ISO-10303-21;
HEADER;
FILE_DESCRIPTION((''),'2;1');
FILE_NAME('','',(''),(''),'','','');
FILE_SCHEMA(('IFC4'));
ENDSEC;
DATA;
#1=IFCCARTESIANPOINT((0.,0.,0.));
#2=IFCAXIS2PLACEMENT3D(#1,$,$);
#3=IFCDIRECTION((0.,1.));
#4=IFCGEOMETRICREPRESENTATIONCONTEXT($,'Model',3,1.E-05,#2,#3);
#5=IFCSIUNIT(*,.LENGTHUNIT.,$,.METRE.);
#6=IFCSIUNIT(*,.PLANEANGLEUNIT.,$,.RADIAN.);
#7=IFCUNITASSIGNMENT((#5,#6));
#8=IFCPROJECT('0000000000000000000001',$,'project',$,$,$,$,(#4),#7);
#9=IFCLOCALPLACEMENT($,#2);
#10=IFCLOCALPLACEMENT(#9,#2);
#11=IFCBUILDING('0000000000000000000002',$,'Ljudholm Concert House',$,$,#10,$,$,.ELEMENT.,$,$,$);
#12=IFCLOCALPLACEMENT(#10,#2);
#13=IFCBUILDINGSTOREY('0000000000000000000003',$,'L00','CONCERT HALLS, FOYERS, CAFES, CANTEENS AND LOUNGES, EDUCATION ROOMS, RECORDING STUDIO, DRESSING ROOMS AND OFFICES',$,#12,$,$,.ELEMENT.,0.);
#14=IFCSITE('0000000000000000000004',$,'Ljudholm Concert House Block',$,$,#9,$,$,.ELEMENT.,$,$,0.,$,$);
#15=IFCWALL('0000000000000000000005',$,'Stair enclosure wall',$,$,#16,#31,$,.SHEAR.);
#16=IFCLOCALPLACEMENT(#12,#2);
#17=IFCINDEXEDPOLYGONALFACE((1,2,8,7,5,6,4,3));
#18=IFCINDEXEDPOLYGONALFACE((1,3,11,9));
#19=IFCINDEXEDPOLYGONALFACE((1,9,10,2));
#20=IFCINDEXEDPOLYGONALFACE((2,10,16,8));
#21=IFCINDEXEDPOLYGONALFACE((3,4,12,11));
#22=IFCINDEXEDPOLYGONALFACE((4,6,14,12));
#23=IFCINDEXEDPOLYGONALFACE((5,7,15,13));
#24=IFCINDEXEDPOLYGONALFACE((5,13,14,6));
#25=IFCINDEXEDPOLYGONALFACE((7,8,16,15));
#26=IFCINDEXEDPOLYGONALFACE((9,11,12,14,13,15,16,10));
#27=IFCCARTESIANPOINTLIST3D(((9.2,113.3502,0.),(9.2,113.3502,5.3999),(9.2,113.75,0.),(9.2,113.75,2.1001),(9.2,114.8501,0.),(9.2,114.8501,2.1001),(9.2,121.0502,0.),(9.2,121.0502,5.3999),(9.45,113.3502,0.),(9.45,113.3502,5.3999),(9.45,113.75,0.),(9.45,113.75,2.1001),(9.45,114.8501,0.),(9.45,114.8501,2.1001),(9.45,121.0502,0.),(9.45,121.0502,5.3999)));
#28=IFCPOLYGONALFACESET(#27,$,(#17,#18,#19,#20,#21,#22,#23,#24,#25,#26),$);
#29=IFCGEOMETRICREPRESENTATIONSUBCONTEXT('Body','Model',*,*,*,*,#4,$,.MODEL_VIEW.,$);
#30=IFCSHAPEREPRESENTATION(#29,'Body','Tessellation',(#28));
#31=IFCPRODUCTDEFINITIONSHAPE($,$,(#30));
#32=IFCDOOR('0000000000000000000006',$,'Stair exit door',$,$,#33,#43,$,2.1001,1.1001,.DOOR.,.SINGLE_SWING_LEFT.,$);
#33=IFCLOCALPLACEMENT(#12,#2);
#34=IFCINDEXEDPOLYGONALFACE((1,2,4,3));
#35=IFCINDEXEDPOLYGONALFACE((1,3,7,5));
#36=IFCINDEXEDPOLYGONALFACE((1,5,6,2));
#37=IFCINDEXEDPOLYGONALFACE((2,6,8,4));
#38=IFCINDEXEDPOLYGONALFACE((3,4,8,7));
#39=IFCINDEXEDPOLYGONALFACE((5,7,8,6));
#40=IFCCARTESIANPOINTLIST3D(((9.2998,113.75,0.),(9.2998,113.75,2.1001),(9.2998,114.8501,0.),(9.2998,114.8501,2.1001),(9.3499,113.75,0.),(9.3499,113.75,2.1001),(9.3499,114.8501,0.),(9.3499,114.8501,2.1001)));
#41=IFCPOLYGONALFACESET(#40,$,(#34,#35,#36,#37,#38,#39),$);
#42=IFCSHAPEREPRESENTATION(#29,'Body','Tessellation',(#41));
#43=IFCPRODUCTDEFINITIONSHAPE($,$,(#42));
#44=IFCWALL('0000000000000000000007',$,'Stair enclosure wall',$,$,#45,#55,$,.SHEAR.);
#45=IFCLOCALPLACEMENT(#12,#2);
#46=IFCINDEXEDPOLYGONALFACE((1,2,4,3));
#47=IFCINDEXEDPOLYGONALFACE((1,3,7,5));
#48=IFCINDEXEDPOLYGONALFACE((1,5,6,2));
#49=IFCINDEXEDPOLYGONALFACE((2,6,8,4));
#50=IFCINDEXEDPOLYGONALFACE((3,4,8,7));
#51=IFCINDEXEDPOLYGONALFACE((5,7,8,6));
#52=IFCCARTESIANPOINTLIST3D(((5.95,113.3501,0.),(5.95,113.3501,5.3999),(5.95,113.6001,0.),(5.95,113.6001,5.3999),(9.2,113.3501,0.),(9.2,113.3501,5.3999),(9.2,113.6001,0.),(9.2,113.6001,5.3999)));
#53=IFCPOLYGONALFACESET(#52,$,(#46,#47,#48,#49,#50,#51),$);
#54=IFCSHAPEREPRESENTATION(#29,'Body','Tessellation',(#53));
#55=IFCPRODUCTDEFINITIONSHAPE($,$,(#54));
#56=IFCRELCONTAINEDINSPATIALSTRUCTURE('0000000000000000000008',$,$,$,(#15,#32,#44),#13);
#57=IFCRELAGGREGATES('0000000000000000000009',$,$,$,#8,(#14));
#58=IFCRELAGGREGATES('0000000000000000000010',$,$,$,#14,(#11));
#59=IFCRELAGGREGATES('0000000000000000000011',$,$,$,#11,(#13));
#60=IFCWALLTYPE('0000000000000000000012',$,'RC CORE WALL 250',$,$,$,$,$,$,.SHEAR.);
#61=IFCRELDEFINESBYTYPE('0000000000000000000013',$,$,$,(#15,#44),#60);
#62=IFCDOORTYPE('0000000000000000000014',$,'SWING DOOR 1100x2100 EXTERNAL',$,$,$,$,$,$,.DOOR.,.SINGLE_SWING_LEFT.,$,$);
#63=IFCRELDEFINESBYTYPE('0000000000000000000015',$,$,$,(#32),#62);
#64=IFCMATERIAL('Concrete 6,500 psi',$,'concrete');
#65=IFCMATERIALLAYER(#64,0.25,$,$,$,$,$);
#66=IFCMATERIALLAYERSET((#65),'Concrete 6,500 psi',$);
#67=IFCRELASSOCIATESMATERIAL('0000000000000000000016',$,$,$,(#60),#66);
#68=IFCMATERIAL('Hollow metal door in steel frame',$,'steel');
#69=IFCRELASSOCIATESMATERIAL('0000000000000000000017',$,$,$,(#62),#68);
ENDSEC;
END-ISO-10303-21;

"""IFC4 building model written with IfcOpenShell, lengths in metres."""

from ifc_helpers import new_model, si_unit, direction, frame, frame_2d, origin, place, context, subcontext, project, spatial, rectangle, extrude, material, layer, layer_set, type_object, element, fill, save


model = new_model("IFC4")

# Units and contexts
model_context = context("Model", 3, precision=1e-05, world=origin(), true_north=direction((0.0, 1.0)))
body_context = subcontext(model_context, "Body", "Model", "MODEL_VIEW")
ifc_project = project(units=[si_unit("LENGTHUNIT", "METRE"), si_unit("PLANEANGLEUNIT", "RADIAN")], contexts=[model_context])

# Site, building, storey
site_placement = place(None, origin())
site = spatial("IfcSite", under=ifc_project, at=site_placement, Name="Ljudholm Concert House Block", CompositionType="ELEMENT", RefElevation=0.0)
building_placement = place(site_placement, origin())
building = spatial("IfcBuilding", under=site, at=building_placement, Name="Ljudholm Concert House", CompositionType="ELEMENT")
storey_placement = place(building_placement, origin())
storey = spatial("IfcBuildingStorey", under=building, at=storey_placement, Name="L00", Description="CONCERT HALLS, FOYERS, CAFES, CANTEENS AND LOUNGES, EDUCATION ROOMS, RECORDING STUDIO, DRESSING ROOMS AND OFFICES", CompositionType="ELEMENT", Elevation=0.0)

# Shared definitions
ifc_material_1 = material(Name="Concrete 6,500 psi", Category="concrete")
ifc_layer_1 = layer(ifc_material_1, 0.25)
ifc_layer_set_1 = layer_set([ifc_layer_1], Name="Concrete 6,500 psi")
wall_type_1 = type_object("IfcWallType", Name="RC CORE WALL 250", PredefinedType="SHEAR", material=ifc_layer_set_1)

# Wall, opening, door
wall_1_placement = place(storey_placement, frame((9.325, 113.3501, 0.0), z_axis=(0.0, 0.0, 1.0), x_axis=(0.0, 1.0, 0.0)))
wall_1 = element("IfcWall", 1, at=wall_1_placement, inside=storey, type_object=wall_type_1, Name="Stair enclosure wall", PredefinedType="SHEAR", context=body_context, shape_type="SweptSolid", body=[
    extrude(rectangle(XDim=7.7, YDim=0.25, at=frame_2d((3.8501, 0.0))), origin(), (0.0, 0.0, 1.0), 5.3999),
])
opening_1_placement = place(wall_1_placement, frame((0.3999, 0.0, 0.0)))
opening_1 = element("IfcOpeningElement", 2, at=opening_1_placement, cuts=wall_1, PredefinedType="OPENING", context=body_context, shape_type="SweptSolid", body=[
    extrude(rectangle(XDim=1.1001, YDim=2.1001, at=frame_2d((0.55, 1.05))), frame((0.0, 0.135, 0.0), z_axis=(0.0, -1.0, 0.0), x_axis=(1.0, 0.0, 0.0)), (0.0, 0.0, 1.0), 0.27),
])
ifc_material_2 = material(Name="Hollow metal door in steel frame", Category="steel")
door_type_1 = type_object("IfcDoorType", Name="SWING DOOR 1100x2100 EXTERNAL", OperationType="SINGLE_SWING_LEFT", PredefinedType="DOOR", material=ifc_material_2)
door_1_placement = place(opening_1_placement, frame((1.1001, 0.0, 0.0), z_axis=(0.0, 0.0, 1.0), x_axis=(-1.0, 0.0, 0.0)))
door_1 = element("IfcDoor", 3, at=door_1_placement, inside=storey, type_object=door_type_1, Name="Stair exit door", OperationType="SINGLE_SWING_LEFT", OverallHeight=2.1001, OverallWidth=1.1001, PredefinedType="DOOR", context=body_context, shape_type="SweptSolid", body=[
    extrude(rectangle(XDim=1.1001, YDim=2.1001, at=frame_2d((0.55, 1.05))), frame((0.0, 0.0249, 0.0), z_axis=(0.0, -1.0, 0.0), x_axis=(1.0, 0.0, 0.0)), (0.0, 0.0, 1.0), 0.05),
])
fill(opening_1, door_1)

# Wall
wall_2_placement = place(storey_placement, frame((5.95, 113.4751, 0.0), z_axis=(0.0, 0.0, 1.0), x_axis=(1.0, 0.0, 0.0)))
element("IfcWall", 4, at=wall_2_placement, inside=storey, type_object=wall_type_1, Name="Stair enclosure wall", PredefinedType="SHEAR", context=body_context, shape_type="SweptSolid", body=[
    extrude(rectangle(XDim=3.25, YDim=0.25, at=frame_2d((1.625, 0.0))), origin(), (0.0, 0.0, 1.0), 5.3999),
])

save(model, "model.ifc")
